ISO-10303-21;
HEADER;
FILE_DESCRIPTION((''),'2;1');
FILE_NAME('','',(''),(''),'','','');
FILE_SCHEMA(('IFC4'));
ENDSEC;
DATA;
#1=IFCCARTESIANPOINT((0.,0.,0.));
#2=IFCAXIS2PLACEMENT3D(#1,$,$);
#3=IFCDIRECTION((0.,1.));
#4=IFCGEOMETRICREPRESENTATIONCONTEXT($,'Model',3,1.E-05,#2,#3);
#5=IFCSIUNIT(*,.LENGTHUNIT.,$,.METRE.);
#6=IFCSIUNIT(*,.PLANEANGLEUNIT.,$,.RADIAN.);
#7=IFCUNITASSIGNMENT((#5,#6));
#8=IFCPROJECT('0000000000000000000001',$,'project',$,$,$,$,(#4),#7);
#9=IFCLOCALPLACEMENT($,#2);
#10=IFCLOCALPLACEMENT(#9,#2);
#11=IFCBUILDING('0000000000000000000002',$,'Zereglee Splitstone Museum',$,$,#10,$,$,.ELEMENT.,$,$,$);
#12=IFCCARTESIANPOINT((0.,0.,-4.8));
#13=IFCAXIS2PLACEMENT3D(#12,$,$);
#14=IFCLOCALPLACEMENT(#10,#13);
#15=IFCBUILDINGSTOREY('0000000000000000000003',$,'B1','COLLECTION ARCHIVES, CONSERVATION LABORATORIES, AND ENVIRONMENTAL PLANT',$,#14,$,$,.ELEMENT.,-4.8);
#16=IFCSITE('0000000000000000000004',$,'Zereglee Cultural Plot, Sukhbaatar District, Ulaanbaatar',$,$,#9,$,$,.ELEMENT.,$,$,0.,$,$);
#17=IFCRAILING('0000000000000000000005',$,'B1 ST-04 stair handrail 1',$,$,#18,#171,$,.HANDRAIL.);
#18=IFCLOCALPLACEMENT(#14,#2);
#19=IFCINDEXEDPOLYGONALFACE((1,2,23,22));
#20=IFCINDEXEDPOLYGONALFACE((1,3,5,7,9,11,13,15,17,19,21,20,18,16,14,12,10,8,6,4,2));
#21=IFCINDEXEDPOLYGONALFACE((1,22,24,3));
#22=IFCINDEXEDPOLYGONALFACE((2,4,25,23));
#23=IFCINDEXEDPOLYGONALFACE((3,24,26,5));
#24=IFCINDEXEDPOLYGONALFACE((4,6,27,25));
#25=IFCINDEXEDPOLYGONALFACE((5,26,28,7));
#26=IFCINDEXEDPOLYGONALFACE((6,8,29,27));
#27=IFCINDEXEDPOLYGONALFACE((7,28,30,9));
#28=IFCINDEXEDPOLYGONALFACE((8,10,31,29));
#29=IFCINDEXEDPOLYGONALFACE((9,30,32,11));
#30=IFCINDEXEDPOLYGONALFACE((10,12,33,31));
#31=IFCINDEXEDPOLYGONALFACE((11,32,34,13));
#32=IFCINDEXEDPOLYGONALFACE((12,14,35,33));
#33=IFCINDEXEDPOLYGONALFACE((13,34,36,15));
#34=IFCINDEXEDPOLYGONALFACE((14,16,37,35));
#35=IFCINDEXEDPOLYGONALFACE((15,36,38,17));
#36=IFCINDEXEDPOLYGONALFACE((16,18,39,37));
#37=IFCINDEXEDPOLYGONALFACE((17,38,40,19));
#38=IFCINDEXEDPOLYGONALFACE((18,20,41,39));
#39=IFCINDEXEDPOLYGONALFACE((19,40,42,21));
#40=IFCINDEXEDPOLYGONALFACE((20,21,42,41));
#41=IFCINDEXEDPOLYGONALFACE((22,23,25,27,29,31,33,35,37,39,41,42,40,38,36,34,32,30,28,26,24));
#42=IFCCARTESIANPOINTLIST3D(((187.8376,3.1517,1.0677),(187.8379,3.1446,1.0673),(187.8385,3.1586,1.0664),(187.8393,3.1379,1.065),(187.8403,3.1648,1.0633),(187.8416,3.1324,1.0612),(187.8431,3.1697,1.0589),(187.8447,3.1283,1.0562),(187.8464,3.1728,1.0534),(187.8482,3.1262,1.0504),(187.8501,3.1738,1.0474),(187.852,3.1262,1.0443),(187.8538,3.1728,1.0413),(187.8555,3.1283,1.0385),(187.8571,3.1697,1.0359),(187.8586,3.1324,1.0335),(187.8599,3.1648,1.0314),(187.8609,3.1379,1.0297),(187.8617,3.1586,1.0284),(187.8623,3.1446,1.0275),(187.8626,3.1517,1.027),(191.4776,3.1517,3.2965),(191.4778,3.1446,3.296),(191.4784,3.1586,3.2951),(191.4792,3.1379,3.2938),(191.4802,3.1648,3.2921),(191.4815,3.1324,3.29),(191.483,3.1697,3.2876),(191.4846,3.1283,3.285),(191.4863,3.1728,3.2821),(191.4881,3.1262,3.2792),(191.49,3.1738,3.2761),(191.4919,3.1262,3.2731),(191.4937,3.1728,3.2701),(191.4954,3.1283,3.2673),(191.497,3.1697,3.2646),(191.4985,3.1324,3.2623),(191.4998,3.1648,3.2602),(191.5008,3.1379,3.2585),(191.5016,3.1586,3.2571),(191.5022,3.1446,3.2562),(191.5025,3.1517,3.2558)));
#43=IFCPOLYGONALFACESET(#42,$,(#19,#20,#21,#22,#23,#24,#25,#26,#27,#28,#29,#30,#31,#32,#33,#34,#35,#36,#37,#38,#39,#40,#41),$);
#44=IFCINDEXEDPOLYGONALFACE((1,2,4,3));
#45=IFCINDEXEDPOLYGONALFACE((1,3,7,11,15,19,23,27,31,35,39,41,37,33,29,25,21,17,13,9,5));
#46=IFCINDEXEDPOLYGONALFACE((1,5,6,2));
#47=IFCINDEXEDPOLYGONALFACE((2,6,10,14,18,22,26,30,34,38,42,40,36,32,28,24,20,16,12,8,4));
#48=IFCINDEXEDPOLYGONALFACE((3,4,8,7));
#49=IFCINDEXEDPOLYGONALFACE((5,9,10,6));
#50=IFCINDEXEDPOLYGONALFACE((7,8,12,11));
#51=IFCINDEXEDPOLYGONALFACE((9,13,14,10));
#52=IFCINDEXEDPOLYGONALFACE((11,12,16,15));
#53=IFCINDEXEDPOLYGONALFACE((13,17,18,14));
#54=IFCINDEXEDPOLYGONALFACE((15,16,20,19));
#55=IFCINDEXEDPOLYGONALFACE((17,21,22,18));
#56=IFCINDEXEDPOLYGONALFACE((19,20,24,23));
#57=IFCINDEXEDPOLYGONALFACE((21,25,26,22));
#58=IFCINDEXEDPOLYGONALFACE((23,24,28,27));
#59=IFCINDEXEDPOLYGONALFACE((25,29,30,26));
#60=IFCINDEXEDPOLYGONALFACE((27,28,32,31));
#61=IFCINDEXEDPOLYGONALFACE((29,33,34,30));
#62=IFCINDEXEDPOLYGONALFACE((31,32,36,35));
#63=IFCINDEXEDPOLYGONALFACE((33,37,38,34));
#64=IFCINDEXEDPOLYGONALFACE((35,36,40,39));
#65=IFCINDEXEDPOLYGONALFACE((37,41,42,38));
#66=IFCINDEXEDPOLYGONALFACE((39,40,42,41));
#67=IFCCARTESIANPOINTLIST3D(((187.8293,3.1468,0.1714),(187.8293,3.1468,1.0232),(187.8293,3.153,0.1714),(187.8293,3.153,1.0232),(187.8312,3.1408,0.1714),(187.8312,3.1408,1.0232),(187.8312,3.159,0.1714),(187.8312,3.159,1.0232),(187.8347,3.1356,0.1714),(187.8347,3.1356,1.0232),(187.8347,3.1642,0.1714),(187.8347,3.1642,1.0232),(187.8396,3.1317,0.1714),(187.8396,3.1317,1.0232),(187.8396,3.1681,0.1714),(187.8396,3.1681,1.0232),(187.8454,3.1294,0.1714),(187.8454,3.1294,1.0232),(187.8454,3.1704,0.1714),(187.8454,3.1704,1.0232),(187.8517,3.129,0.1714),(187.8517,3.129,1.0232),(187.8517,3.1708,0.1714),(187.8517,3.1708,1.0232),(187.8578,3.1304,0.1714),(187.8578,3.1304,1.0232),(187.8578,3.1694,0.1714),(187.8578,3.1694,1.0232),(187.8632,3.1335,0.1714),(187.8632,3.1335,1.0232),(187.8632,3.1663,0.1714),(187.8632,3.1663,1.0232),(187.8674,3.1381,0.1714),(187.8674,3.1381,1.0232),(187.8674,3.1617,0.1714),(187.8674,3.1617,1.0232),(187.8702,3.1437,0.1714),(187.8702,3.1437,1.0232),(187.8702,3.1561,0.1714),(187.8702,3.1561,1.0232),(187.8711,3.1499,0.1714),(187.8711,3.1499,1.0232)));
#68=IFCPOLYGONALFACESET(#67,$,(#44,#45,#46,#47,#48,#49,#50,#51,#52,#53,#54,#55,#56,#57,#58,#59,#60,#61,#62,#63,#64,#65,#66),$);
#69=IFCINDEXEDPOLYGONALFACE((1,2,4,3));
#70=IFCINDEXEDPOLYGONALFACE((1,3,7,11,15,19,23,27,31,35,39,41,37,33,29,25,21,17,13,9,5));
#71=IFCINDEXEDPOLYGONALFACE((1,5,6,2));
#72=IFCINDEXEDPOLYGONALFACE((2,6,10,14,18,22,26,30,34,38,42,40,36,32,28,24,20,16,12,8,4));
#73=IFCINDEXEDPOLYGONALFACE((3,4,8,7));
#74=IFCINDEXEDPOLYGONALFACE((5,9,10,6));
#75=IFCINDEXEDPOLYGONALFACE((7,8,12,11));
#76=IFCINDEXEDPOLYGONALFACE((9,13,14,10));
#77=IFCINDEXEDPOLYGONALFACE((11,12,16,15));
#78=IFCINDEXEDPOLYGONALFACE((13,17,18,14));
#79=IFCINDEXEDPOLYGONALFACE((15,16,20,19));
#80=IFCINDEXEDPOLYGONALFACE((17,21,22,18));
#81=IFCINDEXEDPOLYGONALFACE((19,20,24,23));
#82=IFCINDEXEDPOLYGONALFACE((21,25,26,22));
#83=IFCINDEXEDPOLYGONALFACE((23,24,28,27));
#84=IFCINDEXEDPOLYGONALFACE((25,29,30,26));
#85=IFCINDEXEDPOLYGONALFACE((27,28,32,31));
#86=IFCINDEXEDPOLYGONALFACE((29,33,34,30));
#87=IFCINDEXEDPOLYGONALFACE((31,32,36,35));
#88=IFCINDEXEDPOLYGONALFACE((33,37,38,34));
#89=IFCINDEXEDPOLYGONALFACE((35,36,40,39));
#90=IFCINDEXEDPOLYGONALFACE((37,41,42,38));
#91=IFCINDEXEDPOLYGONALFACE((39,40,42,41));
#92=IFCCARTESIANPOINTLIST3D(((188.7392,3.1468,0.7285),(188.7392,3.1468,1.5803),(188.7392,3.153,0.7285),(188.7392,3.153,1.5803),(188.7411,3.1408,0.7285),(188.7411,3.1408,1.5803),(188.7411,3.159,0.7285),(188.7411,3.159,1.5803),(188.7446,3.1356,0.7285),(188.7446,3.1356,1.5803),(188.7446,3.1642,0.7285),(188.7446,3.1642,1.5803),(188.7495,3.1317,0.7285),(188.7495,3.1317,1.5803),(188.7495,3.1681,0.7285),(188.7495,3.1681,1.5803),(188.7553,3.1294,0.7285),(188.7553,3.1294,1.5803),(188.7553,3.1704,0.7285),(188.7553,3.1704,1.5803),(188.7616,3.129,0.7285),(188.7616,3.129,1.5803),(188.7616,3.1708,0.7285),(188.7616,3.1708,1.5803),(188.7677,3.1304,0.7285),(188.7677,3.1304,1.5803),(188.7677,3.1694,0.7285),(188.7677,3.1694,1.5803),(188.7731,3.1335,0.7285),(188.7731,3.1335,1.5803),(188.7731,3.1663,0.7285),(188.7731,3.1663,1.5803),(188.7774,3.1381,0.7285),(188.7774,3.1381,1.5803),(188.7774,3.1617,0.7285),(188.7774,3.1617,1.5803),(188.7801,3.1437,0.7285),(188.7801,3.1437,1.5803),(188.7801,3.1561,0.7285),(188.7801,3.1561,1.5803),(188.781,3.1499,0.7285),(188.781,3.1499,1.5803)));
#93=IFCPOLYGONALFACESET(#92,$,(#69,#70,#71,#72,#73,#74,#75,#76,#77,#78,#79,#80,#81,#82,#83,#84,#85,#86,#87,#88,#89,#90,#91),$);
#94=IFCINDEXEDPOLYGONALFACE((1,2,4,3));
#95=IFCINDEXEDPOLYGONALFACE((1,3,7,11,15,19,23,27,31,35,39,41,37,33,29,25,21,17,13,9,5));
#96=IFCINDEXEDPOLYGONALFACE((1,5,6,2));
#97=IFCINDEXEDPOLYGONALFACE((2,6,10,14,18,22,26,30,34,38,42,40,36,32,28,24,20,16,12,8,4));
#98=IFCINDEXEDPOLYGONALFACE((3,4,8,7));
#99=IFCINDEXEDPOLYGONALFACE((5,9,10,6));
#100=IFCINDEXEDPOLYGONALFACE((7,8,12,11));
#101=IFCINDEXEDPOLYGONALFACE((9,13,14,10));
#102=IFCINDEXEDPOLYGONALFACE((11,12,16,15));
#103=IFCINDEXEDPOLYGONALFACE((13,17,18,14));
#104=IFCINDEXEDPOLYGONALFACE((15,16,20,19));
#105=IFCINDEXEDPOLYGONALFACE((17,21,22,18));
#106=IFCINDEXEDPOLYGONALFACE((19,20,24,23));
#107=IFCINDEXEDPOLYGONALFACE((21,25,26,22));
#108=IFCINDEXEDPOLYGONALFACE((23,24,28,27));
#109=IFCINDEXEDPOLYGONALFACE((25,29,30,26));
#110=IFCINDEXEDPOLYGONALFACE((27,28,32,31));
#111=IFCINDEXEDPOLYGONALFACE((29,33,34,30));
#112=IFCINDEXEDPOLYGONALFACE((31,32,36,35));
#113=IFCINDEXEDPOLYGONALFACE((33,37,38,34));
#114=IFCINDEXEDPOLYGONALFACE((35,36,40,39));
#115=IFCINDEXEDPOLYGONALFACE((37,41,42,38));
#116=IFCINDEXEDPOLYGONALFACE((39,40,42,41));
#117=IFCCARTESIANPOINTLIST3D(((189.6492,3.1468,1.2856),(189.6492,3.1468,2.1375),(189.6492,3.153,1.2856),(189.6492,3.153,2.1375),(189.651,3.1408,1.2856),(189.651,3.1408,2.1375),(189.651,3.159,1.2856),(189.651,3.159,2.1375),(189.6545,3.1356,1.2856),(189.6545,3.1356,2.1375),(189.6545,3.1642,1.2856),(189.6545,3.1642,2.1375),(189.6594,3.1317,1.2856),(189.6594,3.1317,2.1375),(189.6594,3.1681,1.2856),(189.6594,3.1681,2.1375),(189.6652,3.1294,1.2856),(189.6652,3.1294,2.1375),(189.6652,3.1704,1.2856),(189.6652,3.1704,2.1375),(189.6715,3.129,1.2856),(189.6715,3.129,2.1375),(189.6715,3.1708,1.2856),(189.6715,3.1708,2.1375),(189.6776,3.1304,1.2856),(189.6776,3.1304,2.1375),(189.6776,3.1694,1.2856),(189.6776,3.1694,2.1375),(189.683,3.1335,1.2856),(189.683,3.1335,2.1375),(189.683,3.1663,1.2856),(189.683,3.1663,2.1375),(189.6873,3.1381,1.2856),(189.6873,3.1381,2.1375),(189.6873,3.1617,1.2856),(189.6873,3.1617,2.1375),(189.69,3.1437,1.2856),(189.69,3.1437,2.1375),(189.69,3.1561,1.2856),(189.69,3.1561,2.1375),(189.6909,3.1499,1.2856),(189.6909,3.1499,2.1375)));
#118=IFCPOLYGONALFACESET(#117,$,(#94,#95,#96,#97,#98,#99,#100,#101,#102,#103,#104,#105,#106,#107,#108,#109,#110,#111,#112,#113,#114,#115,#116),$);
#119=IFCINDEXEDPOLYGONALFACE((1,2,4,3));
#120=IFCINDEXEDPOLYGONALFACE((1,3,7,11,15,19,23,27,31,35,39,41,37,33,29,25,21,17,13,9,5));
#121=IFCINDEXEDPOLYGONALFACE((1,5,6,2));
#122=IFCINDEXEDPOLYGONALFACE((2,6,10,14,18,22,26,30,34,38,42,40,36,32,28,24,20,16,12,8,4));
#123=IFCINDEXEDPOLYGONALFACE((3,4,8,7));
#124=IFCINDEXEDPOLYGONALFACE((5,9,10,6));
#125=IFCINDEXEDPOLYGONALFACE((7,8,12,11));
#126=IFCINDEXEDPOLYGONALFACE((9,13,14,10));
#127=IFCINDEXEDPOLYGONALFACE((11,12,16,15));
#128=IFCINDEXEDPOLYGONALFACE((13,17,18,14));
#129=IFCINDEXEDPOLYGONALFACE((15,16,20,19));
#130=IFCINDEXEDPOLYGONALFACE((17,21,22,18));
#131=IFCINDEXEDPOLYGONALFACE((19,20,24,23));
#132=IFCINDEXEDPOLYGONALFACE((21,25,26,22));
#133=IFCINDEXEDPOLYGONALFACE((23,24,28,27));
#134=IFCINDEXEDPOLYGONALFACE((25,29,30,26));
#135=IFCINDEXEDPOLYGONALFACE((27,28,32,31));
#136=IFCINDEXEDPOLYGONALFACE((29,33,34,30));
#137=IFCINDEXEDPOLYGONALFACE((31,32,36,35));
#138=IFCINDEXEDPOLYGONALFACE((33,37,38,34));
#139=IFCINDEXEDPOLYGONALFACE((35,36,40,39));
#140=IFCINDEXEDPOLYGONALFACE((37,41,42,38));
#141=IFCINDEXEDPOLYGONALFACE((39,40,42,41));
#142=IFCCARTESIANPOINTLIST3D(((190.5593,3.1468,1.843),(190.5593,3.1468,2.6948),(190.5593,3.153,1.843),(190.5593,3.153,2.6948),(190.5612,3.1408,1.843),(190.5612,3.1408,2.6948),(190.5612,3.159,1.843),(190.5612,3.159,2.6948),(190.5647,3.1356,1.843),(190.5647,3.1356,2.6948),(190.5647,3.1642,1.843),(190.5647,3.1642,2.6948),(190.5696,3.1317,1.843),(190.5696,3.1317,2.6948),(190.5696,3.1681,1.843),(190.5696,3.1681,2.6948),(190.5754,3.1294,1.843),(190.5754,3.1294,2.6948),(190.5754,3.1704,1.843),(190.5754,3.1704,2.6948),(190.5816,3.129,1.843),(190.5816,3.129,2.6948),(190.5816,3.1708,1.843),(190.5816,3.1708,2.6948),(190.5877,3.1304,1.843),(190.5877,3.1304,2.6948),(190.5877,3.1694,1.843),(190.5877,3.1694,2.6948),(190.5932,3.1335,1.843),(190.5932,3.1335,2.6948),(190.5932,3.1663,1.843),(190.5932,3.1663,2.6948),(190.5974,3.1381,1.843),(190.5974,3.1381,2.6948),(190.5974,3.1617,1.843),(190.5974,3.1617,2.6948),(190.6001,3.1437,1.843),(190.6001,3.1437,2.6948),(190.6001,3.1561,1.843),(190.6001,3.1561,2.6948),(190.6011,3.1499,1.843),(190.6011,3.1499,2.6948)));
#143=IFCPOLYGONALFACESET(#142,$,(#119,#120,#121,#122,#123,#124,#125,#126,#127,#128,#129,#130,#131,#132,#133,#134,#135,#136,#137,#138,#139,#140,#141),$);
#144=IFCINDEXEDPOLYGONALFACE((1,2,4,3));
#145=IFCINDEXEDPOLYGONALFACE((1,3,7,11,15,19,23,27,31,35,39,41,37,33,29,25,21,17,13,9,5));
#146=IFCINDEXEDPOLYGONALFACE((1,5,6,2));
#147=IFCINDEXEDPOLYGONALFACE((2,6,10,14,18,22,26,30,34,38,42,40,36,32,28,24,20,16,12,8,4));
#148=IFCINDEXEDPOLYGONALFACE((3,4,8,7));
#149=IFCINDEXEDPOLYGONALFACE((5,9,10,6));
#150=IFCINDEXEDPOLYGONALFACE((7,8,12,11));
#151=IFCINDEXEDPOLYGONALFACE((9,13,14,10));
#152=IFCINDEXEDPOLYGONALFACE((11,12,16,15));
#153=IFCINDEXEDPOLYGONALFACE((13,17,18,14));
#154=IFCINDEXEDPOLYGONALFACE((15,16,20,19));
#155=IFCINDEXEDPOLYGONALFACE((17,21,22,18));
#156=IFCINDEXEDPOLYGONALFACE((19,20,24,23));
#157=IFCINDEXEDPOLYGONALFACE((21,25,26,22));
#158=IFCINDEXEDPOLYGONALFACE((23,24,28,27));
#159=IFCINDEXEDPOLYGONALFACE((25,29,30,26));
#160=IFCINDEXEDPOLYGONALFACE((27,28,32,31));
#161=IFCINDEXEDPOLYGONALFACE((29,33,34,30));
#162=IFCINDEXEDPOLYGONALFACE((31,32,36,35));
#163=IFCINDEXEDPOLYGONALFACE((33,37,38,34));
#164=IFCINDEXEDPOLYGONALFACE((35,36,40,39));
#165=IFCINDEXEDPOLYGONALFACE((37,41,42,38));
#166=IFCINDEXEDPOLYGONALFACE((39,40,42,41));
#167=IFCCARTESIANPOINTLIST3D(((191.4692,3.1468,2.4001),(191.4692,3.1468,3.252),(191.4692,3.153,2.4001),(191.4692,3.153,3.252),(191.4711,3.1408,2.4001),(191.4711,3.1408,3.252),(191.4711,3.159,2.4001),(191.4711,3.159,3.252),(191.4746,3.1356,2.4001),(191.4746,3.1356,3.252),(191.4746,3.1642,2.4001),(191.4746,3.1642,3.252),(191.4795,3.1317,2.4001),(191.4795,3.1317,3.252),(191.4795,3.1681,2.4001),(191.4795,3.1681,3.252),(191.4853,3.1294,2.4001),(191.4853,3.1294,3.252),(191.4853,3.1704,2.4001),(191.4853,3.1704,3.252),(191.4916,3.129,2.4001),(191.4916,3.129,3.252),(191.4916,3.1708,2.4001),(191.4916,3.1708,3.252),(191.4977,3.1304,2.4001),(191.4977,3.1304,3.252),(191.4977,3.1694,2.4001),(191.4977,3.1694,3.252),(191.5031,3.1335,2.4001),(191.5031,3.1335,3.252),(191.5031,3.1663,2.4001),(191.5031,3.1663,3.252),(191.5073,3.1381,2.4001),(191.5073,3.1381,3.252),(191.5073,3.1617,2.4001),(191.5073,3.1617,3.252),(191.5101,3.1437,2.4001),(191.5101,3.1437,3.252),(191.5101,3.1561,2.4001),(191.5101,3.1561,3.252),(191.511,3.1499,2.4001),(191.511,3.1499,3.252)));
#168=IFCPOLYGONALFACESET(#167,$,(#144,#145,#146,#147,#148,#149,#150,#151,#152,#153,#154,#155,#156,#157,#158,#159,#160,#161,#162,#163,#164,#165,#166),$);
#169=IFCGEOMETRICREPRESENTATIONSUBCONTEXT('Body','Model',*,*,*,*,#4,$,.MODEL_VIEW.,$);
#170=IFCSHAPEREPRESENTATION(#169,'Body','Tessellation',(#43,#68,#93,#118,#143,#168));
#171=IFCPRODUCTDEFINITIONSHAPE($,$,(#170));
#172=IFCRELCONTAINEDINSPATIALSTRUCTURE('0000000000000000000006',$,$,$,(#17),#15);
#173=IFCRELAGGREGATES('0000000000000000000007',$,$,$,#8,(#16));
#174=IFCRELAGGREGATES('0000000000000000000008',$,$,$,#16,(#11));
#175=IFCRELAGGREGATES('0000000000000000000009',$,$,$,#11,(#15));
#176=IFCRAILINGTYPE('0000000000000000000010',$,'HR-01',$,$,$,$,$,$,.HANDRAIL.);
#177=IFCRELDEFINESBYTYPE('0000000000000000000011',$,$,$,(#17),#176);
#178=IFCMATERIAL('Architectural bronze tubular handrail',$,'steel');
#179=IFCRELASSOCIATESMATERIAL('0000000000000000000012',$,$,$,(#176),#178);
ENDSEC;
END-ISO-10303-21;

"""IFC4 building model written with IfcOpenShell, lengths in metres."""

from ifc_helpers import new_model, si_unit, direction, frame, origin, origin_2d, place, context, subcontext, project, spatial, circle, extrude, material, type_object, element, save


model = new_model("IFC4")

# Units and contexts
model_context = context("Model", 3, precision=1e-05, world=origin(), true_north=direction((0.0, 1.0)))
body_context = subcontext(model_context, "Body", "Model", "MODEL_VIEW")
ifc_project = project(units=[si_unit("LENGTHUNIT", "METRE"), si_unit("PLANEANGLEUNIT", "RADIAN")], contexts=[model_context])

# Site, building, storey
site_placement = place(None, origin())
site = spatial("IfcSite", under=ifc_project, at=site_placement, Name="Zereglee Cultural Plot, Sukhbaatar District, Ulaanbaatar", CompositionType="ELEMENT", RefElevation=0.0)
building_placement = place(site_placement, origin())
building = spatial("IfcBuilding", under=site, at=building_placement, Name="Zereglee Splitstone Museum", CompositionType="ELEMENT")
storey_placement = place(building_placement, frame((0.0, 0.0, -4.8)))
storey = spatial("IfcBuildingStorey", under=building, at=storey_placement, Name="B1", Description="COLLECTION ARCHIVES, CONSERVATION LABORATORIES, AND ENVIRONMENTAL PLANT", CompositionType="ELEMENT", Elevation=-4.8)

# Railing
ifc_material_1 = material(Name="Architectural bronze tubular handrail", Category="steel")
railing_type_1 = type_object("IfcRailingType", Name="HR-01", PredefinedType="HANDRAIL", material=ifc_material_1)
railing_1_placement = place(storey_placement, frame((187.8501, 3.1499, 0.1714)))
element("IfcRailing", 1, at=railing_1_placement, inside=storey, type_object=railing_type_1, Name="B1 ST-04 stair handrail 1", PredefinedType="HANDRAIL", context=body_context, shape_type="SweptSolid", body=[
    extrude(circle(Radius=0.0239, at=origin_2d()), frame((0.0, 0.0, 0.876), z_axis=(0.852825, 0.0, 0.522197), x_axis=(0.0, 1.0, 0.0)), (0.0, 0.0, 1.0), 4.2681),
    extrude(circle(Radius=0.021, at=origin_2d()), origin(), (0.0, 0.0, 1.0), 0.8518),
    extrude(circle(Radius=0.021, at=origin_2d()), frame((0.9099, 0.0, 0.5571)), (0.0, 0.0, 1.0), 0.8518),
    extrude(circle(Radius=0.021, at=origin_2d()), frame((1.8198, 0.0, 1.1143)), (0.0, 0.0, 1.0), 0.8518),
    extrude(circle(Radius=0.021, at=origin_2d()), frame((2.73, 0.0, 1.6716)), (0.0, 0.0, 1.0), 0.8518),
    extrude(circle(Radius=0.021, at=origin_2d()), frame((3.6399, 0.0, 2.2288)), (0.0, 0.0, 1.0), 0.8518),
])

save(model, "model.ifc")
